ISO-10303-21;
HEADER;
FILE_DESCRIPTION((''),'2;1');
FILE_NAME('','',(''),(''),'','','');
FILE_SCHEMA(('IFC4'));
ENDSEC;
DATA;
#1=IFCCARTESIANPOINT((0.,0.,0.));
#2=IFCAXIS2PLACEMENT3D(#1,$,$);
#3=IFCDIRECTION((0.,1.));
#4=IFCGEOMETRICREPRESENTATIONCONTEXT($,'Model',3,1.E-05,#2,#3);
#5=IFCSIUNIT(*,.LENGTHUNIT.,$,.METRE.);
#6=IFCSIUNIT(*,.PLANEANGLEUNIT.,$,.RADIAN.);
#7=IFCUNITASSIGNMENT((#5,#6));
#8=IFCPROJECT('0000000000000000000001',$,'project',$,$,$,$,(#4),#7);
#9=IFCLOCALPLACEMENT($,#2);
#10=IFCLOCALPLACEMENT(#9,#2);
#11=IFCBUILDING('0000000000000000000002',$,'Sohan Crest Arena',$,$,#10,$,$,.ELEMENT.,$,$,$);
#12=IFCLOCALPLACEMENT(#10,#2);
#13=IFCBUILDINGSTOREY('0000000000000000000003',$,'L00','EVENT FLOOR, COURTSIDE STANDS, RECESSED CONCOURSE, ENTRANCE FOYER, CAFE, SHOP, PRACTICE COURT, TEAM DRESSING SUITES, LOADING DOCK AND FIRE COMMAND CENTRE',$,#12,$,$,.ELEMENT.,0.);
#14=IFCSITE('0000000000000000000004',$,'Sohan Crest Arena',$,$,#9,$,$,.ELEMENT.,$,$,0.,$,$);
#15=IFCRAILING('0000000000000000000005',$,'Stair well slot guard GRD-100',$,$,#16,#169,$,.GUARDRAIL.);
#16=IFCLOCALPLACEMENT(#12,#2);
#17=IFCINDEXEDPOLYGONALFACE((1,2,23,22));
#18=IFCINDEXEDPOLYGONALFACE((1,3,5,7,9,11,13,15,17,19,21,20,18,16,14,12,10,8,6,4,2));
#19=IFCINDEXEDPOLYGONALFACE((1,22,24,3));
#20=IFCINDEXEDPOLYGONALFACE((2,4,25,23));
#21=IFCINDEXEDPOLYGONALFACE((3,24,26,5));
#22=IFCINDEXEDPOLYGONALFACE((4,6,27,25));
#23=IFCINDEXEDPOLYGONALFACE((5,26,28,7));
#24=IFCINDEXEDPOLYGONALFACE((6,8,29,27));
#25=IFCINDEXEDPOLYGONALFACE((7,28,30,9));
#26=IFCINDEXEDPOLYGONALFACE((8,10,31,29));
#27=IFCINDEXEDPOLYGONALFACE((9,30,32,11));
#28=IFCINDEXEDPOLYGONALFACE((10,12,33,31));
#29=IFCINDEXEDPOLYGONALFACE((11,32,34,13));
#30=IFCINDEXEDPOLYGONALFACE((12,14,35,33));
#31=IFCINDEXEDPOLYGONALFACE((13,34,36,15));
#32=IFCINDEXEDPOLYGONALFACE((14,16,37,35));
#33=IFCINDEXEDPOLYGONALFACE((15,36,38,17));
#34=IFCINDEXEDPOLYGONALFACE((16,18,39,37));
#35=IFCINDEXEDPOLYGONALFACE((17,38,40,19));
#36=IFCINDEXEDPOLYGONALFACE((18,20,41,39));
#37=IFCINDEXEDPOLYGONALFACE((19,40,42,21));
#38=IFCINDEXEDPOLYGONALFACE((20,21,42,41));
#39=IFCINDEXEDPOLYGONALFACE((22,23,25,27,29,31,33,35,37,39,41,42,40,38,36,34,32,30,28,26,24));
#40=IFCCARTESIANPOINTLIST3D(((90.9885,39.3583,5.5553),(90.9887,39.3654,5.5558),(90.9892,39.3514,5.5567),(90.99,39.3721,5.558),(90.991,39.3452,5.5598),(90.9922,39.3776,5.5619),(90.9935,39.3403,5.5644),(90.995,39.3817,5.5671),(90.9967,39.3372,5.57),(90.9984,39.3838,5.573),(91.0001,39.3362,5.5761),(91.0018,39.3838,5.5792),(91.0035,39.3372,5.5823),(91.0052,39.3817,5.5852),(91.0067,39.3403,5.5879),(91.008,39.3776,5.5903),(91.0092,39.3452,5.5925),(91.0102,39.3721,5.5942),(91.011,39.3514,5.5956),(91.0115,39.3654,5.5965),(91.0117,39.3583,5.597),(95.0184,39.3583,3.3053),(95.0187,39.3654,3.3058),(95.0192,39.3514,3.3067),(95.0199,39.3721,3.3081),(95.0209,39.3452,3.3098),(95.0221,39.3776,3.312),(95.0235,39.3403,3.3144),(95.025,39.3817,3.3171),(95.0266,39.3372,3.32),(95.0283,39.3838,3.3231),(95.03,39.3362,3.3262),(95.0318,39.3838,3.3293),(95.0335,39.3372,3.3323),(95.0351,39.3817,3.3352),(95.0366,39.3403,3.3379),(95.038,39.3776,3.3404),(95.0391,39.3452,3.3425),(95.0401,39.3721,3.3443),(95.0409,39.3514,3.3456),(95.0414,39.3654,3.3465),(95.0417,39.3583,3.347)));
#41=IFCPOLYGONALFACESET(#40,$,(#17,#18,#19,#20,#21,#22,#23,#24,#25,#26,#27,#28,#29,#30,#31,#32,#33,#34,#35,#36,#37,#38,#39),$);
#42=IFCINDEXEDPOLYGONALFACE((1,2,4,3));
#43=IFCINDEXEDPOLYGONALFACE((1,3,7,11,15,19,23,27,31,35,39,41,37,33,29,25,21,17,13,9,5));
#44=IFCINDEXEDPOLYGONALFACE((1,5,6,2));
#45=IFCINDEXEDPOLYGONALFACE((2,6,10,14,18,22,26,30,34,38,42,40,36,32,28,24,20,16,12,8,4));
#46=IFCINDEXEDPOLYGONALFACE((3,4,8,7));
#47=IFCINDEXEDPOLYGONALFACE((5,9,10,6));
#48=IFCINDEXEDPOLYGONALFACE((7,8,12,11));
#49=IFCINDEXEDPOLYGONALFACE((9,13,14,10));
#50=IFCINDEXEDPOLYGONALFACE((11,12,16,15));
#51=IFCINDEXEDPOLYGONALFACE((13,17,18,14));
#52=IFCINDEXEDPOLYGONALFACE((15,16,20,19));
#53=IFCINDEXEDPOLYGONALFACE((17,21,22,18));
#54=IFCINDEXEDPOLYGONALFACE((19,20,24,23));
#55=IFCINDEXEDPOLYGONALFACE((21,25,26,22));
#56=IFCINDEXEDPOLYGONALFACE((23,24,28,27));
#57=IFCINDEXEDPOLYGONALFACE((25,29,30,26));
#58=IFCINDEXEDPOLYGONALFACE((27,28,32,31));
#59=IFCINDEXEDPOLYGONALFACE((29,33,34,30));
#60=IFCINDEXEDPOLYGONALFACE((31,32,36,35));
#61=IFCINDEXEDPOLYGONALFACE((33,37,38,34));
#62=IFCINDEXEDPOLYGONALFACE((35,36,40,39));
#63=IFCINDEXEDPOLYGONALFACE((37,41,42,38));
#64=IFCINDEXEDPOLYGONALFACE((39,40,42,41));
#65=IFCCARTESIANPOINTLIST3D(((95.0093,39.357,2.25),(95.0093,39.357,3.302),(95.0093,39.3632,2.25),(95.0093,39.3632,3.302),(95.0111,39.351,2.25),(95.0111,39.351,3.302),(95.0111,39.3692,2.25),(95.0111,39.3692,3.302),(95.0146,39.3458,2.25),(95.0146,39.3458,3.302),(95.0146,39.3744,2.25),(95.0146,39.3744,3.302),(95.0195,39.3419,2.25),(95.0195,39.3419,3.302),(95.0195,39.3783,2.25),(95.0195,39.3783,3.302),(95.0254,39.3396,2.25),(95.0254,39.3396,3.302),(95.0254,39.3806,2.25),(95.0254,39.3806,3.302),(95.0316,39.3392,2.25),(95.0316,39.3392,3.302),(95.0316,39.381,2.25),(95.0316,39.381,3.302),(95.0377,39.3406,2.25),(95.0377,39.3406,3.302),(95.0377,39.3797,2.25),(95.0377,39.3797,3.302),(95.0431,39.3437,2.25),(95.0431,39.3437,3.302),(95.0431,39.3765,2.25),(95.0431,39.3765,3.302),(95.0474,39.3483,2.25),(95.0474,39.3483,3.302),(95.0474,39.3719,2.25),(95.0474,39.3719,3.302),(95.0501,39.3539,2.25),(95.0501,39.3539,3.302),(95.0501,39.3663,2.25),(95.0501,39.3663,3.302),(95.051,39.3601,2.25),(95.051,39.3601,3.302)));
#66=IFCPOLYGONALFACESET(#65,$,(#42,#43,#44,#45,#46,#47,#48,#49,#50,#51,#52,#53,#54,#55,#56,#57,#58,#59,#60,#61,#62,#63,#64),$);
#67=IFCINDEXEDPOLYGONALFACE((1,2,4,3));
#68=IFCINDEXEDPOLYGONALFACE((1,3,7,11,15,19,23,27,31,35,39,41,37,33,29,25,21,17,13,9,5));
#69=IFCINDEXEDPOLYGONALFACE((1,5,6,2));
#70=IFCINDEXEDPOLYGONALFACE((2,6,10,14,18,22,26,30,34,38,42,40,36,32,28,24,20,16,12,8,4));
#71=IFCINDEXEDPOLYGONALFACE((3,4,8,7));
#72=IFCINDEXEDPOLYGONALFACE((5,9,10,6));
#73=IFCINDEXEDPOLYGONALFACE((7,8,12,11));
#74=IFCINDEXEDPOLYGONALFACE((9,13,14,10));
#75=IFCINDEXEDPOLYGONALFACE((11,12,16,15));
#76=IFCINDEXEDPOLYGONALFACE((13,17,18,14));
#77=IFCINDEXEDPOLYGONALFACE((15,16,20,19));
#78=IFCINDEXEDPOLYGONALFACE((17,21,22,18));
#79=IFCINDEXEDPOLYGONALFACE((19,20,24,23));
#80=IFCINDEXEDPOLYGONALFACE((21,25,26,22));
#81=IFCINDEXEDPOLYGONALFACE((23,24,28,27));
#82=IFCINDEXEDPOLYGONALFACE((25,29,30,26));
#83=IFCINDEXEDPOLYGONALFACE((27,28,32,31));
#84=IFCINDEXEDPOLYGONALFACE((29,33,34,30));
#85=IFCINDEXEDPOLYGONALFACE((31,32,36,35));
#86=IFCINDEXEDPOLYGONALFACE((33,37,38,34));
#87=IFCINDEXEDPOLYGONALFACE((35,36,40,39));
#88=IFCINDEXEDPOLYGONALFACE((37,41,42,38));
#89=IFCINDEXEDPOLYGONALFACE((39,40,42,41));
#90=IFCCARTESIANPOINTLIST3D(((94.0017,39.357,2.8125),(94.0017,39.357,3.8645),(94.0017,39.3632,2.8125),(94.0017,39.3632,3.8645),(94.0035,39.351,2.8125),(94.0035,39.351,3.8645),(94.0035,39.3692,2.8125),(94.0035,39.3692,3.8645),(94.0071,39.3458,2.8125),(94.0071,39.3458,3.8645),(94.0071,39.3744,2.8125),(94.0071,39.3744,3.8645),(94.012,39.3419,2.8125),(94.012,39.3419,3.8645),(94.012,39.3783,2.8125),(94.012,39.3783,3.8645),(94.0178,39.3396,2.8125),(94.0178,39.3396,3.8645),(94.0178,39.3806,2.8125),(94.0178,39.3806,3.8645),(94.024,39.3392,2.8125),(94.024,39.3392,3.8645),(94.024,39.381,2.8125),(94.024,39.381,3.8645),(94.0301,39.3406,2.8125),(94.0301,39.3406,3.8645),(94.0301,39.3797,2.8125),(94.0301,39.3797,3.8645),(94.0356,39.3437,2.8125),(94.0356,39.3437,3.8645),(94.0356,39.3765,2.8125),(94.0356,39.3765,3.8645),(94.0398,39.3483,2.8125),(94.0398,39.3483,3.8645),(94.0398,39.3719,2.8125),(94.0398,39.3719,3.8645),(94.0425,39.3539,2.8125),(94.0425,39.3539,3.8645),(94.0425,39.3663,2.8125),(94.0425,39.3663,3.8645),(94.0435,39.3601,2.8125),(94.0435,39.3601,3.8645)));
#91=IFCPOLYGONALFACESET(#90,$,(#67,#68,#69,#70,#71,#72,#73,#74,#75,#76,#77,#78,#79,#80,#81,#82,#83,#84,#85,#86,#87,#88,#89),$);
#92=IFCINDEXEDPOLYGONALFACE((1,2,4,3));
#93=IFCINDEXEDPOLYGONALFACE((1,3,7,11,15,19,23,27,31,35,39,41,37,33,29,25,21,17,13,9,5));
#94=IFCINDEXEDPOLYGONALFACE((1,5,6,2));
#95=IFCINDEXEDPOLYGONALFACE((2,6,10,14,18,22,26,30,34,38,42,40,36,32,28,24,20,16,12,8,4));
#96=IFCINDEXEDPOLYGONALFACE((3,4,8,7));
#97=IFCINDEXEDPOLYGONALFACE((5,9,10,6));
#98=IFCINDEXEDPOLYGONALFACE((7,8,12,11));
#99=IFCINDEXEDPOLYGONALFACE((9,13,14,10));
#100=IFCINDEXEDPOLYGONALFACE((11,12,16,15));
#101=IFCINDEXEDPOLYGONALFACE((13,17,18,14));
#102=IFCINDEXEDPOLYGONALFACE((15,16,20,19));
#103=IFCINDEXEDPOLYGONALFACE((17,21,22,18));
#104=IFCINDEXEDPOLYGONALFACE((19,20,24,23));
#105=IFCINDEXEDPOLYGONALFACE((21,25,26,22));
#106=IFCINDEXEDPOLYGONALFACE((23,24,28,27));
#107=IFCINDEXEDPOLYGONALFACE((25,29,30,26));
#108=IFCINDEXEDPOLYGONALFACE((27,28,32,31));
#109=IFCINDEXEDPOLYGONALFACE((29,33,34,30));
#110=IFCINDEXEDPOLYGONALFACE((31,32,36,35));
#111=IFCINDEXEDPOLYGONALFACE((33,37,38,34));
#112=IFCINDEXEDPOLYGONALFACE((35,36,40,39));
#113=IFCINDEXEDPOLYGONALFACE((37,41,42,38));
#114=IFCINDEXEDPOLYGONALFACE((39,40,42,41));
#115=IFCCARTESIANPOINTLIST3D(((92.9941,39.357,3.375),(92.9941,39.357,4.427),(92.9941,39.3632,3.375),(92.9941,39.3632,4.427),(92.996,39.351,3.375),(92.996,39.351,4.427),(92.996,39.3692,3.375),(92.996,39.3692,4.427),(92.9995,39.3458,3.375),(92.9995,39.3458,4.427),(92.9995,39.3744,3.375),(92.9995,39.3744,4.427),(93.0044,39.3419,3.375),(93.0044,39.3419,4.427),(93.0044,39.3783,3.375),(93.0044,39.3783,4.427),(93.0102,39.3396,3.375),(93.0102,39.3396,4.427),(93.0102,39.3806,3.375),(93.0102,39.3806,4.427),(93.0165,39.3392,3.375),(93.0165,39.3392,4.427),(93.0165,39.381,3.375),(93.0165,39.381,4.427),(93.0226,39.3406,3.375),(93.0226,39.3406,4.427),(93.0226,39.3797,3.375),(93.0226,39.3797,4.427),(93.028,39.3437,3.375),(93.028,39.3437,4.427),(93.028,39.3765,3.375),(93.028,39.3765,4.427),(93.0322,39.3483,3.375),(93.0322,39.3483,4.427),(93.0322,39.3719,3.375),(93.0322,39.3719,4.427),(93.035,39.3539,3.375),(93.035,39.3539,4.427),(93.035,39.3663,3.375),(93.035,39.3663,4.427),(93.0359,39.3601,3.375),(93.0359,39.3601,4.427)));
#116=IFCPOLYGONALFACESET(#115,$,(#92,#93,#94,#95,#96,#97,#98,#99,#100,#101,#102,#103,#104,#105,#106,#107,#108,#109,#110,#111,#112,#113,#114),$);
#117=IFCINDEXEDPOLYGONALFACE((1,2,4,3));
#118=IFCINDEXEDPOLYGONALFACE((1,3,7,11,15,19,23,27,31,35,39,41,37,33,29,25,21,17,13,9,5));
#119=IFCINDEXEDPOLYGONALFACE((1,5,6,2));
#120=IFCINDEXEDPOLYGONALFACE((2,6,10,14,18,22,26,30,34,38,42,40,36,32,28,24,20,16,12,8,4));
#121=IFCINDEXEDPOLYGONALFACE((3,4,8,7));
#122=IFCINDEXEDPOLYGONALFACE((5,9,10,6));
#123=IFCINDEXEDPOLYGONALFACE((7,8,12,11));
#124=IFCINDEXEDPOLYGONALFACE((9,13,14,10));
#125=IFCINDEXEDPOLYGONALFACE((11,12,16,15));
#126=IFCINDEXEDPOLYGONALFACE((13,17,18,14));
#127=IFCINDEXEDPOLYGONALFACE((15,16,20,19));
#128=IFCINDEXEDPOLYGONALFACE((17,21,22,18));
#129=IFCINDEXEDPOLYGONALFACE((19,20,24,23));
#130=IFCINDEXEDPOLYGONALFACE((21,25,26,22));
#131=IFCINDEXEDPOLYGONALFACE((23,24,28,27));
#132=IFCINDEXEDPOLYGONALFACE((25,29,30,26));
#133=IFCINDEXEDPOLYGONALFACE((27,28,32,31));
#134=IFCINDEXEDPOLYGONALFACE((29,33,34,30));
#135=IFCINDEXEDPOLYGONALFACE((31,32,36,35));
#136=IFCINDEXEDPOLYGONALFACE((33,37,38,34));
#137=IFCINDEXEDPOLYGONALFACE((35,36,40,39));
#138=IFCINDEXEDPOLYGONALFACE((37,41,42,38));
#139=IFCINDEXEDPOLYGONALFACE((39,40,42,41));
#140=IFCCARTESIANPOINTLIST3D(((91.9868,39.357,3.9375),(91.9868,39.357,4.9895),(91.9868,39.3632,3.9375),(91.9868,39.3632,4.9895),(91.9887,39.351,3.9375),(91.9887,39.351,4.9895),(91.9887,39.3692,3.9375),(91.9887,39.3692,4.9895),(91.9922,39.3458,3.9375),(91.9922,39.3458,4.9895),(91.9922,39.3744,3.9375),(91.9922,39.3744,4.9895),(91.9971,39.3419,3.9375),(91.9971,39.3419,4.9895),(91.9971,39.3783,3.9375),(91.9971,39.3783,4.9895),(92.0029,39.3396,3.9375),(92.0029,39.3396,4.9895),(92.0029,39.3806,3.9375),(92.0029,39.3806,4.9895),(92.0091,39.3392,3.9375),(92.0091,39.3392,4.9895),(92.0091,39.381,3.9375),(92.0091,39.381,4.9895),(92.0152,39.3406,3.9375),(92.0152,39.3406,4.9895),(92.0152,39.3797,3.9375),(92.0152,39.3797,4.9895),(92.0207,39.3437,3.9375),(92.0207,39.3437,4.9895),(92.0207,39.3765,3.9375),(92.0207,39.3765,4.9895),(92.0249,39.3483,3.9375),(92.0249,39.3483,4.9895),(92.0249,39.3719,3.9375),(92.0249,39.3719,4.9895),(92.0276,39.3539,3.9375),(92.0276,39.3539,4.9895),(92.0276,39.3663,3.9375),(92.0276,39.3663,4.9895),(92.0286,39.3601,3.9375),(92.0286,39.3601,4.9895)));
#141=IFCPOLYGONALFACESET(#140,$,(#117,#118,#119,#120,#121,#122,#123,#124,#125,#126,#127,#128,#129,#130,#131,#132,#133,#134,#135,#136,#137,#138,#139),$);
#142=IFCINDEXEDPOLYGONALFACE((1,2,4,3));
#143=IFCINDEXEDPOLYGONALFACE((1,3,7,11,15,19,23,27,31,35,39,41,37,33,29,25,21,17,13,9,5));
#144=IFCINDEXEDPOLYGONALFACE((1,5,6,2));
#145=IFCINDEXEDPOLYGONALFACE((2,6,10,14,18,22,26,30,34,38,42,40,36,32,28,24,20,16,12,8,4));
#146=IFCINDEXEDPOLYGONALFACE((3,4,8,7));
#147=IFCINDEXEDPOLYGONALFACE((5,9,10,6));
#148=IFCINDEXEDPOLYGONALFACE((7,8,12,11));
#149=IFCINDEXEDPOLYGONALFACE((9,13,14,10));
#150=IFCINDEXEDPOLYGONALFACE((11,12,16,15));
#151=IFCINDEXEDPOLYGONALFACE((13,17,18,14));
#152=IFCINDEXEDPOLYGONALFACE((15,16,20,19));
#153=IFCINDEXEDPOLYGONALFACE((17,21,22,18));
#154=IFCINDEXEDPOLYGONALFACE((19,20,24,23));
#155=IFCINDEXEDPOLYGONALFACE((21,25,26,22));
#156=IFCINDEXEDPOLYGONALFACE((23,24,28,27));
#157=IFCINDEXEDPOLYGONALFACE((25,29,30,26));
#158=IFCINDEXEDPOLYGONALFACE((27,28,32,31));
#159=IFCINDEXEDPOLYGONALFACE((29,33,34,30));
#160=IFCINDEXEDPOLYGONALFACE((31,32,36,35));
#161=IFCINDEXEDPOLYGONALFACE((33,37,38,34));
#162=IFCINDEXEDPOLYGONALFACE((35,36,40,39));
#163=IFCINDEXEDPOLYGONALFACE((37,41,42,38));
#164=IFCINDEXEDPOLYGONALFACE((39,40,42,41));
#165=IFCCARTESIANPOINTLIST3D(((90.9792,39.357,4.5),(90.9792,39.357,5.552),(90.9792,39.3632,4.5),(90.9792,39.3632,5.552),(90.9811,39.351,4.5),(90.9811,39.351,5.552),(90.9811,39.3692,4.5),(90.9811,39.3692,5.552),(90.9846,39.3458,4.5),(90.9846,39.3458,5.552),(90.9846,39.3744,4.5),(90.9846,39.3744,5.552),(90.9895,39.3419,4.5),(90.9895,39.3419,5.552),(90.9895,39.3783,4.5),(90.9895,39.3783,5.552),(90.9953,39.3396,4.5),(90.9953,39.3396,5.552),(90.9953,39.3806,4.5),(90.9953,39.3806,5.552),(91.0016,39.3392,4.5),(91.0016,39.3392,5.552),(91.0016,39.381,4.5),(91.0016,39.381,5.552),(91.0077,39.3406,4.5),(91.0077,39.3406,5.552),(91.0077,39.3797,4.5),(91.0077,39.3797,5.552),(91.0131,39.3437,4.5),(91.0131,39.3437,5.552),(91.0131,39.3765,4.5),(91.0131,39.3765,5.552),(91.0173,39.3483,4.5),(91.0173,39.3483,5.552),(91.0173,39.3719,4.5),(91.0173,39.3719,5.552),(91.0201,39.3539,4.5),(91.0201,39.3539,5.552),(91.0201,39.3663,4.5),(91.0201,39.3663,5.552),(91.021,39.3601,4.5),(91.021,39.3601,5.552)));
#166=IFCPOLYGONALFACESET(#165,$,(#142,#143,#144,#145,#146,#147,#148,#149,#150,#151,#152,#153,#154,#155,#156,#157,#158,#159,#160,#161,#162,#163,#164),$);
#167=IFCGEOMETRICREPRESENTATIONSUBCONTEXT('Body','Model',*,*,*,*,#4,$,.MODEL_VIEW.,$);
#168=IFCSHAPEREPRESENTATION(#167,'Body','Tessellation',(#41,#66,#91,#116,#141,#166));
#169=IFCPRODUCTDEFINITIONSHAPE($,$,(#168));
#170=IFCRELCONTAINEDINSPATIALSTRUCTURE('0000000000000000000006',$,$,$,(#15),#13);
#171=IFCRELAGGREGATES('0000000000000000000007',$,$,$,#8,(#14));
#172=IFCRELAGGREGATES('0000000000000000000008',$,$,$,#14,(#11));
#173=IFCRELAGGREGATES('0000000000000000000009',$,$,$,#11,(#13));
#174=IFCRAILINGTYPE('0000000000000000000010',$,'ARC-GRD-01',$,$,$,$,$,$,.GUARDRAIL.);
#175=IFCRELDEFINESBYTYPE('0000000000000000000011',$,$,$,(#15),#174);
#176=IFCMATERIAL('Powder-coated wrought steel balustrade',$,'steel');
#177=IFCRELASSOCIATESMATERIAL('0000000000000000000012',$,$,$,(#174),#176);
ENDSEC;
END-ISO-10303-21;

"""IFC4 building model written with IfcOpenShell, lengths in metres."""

from ifc_helpers import new_model, si_unit, direction, frame, origin, origin_2d, place, context, subcontext, project, spatial, circle, extrude, material, type_object, element, save


model = new_model("IFC4")

# Units and contexts
model_context = context("Model", 3, precision=1e-05, world=origin(), true_north=direction((0.0, 1.0)))
body_context = subcontext(model_context, "Body", "Model", "MODEL_VIEW")
ifc_project = project(units=[si_unit("LENGTHUNIT", "METRE"), si_unit("PLANEANGLEUNIT", "RADIAN")], contexts=[model_context])

# Site, building, storey
site_placement = place(None, origin())
site = spatial("IfcSite", under=ifc_project, at=site_placement, Name="Sohan Crest Arena", CompositionType="ELEMENT", RefElevation=0.0)
building_placement = place(site_placement, origin())
building = spatial("IfcBuilding", under=site, at=building_placement, Name="Sohan Crest Arena", CompositionType="ELEMENT")
storey_placement = place(building_placement, origin())
storey = spatial("IfcBuildingStorey", under=building, at=storey_placement, Name="L00", Description="EVENT FLOOR, COURTSIDE STANDS, RECESSED CONCOURSE, ENTRANCE FOYER, CAFE, SHOP, PRACTICE COURT, TEAM DRESSING SUITES, LOADING DOCK AND FIRE COMMAND CENTRE", CompositionType="ELEMENT", Elevation=0.0)

# Railing
ifc_material_1 = material(Name="Powder-coated wrought steel balustrade", Category="steel")
railing_type_1 = type_object("IfcRailingType", Name="ARC-GRD-01", PredefinedType="GUARDRAIL", material=ifc_material_1)
for number, where, name in (
    (1, (95.03, 39.3601, 2.25), "Stair well slot guard GRD-100"),
):
    element("IfcRailing", number, at=place(storey_placement, frame(where)), inside=storey, type_object=railing_type_1, Name=name, PredefinedType="GUARDRAIL", context=body_context, shape_type="SweptSolid", body=[
        extrude(circle(Radius=0.0239, at=origin_2d()), frame((0.0, 0.0, 1.0762), z_axis=(-0.873135, 0.0, 0.487479), x_axis=(0.0, -1.0, 0.0)), (0.0, 0.0, 1.0), 4.6155),
        extrude(circle(Radius=0.021, at=origin_2d()), origin(), (0.0, 0.0, 1.0), 1.052),
        extrude(circle(Radius=0.021, at=origin_2d()), frame((-1.0076, 0.0, 0.5625)), (0.0, 0.0, 1.0), 1.052),
        extrude(circle(Radius=0.021, at=origin_2d()), frame((-2.0151, 0.0, 1.125)), (0.0, 0.0, 1.0), 1.052),
        extrude(circle(Radius=0.021, at=origin_2d()), frame((-3.0225, 0.0, 1.6875)), (0.0, 0.0, 1.0), 1.052),
        extrude(circle(Radius=0.021, at=origin_2d()), frame((-4.03, 0.0, 2.25)), (0.0, 0.0, 1.0), 1.052),
    ])

save(model, "model.ifc")
